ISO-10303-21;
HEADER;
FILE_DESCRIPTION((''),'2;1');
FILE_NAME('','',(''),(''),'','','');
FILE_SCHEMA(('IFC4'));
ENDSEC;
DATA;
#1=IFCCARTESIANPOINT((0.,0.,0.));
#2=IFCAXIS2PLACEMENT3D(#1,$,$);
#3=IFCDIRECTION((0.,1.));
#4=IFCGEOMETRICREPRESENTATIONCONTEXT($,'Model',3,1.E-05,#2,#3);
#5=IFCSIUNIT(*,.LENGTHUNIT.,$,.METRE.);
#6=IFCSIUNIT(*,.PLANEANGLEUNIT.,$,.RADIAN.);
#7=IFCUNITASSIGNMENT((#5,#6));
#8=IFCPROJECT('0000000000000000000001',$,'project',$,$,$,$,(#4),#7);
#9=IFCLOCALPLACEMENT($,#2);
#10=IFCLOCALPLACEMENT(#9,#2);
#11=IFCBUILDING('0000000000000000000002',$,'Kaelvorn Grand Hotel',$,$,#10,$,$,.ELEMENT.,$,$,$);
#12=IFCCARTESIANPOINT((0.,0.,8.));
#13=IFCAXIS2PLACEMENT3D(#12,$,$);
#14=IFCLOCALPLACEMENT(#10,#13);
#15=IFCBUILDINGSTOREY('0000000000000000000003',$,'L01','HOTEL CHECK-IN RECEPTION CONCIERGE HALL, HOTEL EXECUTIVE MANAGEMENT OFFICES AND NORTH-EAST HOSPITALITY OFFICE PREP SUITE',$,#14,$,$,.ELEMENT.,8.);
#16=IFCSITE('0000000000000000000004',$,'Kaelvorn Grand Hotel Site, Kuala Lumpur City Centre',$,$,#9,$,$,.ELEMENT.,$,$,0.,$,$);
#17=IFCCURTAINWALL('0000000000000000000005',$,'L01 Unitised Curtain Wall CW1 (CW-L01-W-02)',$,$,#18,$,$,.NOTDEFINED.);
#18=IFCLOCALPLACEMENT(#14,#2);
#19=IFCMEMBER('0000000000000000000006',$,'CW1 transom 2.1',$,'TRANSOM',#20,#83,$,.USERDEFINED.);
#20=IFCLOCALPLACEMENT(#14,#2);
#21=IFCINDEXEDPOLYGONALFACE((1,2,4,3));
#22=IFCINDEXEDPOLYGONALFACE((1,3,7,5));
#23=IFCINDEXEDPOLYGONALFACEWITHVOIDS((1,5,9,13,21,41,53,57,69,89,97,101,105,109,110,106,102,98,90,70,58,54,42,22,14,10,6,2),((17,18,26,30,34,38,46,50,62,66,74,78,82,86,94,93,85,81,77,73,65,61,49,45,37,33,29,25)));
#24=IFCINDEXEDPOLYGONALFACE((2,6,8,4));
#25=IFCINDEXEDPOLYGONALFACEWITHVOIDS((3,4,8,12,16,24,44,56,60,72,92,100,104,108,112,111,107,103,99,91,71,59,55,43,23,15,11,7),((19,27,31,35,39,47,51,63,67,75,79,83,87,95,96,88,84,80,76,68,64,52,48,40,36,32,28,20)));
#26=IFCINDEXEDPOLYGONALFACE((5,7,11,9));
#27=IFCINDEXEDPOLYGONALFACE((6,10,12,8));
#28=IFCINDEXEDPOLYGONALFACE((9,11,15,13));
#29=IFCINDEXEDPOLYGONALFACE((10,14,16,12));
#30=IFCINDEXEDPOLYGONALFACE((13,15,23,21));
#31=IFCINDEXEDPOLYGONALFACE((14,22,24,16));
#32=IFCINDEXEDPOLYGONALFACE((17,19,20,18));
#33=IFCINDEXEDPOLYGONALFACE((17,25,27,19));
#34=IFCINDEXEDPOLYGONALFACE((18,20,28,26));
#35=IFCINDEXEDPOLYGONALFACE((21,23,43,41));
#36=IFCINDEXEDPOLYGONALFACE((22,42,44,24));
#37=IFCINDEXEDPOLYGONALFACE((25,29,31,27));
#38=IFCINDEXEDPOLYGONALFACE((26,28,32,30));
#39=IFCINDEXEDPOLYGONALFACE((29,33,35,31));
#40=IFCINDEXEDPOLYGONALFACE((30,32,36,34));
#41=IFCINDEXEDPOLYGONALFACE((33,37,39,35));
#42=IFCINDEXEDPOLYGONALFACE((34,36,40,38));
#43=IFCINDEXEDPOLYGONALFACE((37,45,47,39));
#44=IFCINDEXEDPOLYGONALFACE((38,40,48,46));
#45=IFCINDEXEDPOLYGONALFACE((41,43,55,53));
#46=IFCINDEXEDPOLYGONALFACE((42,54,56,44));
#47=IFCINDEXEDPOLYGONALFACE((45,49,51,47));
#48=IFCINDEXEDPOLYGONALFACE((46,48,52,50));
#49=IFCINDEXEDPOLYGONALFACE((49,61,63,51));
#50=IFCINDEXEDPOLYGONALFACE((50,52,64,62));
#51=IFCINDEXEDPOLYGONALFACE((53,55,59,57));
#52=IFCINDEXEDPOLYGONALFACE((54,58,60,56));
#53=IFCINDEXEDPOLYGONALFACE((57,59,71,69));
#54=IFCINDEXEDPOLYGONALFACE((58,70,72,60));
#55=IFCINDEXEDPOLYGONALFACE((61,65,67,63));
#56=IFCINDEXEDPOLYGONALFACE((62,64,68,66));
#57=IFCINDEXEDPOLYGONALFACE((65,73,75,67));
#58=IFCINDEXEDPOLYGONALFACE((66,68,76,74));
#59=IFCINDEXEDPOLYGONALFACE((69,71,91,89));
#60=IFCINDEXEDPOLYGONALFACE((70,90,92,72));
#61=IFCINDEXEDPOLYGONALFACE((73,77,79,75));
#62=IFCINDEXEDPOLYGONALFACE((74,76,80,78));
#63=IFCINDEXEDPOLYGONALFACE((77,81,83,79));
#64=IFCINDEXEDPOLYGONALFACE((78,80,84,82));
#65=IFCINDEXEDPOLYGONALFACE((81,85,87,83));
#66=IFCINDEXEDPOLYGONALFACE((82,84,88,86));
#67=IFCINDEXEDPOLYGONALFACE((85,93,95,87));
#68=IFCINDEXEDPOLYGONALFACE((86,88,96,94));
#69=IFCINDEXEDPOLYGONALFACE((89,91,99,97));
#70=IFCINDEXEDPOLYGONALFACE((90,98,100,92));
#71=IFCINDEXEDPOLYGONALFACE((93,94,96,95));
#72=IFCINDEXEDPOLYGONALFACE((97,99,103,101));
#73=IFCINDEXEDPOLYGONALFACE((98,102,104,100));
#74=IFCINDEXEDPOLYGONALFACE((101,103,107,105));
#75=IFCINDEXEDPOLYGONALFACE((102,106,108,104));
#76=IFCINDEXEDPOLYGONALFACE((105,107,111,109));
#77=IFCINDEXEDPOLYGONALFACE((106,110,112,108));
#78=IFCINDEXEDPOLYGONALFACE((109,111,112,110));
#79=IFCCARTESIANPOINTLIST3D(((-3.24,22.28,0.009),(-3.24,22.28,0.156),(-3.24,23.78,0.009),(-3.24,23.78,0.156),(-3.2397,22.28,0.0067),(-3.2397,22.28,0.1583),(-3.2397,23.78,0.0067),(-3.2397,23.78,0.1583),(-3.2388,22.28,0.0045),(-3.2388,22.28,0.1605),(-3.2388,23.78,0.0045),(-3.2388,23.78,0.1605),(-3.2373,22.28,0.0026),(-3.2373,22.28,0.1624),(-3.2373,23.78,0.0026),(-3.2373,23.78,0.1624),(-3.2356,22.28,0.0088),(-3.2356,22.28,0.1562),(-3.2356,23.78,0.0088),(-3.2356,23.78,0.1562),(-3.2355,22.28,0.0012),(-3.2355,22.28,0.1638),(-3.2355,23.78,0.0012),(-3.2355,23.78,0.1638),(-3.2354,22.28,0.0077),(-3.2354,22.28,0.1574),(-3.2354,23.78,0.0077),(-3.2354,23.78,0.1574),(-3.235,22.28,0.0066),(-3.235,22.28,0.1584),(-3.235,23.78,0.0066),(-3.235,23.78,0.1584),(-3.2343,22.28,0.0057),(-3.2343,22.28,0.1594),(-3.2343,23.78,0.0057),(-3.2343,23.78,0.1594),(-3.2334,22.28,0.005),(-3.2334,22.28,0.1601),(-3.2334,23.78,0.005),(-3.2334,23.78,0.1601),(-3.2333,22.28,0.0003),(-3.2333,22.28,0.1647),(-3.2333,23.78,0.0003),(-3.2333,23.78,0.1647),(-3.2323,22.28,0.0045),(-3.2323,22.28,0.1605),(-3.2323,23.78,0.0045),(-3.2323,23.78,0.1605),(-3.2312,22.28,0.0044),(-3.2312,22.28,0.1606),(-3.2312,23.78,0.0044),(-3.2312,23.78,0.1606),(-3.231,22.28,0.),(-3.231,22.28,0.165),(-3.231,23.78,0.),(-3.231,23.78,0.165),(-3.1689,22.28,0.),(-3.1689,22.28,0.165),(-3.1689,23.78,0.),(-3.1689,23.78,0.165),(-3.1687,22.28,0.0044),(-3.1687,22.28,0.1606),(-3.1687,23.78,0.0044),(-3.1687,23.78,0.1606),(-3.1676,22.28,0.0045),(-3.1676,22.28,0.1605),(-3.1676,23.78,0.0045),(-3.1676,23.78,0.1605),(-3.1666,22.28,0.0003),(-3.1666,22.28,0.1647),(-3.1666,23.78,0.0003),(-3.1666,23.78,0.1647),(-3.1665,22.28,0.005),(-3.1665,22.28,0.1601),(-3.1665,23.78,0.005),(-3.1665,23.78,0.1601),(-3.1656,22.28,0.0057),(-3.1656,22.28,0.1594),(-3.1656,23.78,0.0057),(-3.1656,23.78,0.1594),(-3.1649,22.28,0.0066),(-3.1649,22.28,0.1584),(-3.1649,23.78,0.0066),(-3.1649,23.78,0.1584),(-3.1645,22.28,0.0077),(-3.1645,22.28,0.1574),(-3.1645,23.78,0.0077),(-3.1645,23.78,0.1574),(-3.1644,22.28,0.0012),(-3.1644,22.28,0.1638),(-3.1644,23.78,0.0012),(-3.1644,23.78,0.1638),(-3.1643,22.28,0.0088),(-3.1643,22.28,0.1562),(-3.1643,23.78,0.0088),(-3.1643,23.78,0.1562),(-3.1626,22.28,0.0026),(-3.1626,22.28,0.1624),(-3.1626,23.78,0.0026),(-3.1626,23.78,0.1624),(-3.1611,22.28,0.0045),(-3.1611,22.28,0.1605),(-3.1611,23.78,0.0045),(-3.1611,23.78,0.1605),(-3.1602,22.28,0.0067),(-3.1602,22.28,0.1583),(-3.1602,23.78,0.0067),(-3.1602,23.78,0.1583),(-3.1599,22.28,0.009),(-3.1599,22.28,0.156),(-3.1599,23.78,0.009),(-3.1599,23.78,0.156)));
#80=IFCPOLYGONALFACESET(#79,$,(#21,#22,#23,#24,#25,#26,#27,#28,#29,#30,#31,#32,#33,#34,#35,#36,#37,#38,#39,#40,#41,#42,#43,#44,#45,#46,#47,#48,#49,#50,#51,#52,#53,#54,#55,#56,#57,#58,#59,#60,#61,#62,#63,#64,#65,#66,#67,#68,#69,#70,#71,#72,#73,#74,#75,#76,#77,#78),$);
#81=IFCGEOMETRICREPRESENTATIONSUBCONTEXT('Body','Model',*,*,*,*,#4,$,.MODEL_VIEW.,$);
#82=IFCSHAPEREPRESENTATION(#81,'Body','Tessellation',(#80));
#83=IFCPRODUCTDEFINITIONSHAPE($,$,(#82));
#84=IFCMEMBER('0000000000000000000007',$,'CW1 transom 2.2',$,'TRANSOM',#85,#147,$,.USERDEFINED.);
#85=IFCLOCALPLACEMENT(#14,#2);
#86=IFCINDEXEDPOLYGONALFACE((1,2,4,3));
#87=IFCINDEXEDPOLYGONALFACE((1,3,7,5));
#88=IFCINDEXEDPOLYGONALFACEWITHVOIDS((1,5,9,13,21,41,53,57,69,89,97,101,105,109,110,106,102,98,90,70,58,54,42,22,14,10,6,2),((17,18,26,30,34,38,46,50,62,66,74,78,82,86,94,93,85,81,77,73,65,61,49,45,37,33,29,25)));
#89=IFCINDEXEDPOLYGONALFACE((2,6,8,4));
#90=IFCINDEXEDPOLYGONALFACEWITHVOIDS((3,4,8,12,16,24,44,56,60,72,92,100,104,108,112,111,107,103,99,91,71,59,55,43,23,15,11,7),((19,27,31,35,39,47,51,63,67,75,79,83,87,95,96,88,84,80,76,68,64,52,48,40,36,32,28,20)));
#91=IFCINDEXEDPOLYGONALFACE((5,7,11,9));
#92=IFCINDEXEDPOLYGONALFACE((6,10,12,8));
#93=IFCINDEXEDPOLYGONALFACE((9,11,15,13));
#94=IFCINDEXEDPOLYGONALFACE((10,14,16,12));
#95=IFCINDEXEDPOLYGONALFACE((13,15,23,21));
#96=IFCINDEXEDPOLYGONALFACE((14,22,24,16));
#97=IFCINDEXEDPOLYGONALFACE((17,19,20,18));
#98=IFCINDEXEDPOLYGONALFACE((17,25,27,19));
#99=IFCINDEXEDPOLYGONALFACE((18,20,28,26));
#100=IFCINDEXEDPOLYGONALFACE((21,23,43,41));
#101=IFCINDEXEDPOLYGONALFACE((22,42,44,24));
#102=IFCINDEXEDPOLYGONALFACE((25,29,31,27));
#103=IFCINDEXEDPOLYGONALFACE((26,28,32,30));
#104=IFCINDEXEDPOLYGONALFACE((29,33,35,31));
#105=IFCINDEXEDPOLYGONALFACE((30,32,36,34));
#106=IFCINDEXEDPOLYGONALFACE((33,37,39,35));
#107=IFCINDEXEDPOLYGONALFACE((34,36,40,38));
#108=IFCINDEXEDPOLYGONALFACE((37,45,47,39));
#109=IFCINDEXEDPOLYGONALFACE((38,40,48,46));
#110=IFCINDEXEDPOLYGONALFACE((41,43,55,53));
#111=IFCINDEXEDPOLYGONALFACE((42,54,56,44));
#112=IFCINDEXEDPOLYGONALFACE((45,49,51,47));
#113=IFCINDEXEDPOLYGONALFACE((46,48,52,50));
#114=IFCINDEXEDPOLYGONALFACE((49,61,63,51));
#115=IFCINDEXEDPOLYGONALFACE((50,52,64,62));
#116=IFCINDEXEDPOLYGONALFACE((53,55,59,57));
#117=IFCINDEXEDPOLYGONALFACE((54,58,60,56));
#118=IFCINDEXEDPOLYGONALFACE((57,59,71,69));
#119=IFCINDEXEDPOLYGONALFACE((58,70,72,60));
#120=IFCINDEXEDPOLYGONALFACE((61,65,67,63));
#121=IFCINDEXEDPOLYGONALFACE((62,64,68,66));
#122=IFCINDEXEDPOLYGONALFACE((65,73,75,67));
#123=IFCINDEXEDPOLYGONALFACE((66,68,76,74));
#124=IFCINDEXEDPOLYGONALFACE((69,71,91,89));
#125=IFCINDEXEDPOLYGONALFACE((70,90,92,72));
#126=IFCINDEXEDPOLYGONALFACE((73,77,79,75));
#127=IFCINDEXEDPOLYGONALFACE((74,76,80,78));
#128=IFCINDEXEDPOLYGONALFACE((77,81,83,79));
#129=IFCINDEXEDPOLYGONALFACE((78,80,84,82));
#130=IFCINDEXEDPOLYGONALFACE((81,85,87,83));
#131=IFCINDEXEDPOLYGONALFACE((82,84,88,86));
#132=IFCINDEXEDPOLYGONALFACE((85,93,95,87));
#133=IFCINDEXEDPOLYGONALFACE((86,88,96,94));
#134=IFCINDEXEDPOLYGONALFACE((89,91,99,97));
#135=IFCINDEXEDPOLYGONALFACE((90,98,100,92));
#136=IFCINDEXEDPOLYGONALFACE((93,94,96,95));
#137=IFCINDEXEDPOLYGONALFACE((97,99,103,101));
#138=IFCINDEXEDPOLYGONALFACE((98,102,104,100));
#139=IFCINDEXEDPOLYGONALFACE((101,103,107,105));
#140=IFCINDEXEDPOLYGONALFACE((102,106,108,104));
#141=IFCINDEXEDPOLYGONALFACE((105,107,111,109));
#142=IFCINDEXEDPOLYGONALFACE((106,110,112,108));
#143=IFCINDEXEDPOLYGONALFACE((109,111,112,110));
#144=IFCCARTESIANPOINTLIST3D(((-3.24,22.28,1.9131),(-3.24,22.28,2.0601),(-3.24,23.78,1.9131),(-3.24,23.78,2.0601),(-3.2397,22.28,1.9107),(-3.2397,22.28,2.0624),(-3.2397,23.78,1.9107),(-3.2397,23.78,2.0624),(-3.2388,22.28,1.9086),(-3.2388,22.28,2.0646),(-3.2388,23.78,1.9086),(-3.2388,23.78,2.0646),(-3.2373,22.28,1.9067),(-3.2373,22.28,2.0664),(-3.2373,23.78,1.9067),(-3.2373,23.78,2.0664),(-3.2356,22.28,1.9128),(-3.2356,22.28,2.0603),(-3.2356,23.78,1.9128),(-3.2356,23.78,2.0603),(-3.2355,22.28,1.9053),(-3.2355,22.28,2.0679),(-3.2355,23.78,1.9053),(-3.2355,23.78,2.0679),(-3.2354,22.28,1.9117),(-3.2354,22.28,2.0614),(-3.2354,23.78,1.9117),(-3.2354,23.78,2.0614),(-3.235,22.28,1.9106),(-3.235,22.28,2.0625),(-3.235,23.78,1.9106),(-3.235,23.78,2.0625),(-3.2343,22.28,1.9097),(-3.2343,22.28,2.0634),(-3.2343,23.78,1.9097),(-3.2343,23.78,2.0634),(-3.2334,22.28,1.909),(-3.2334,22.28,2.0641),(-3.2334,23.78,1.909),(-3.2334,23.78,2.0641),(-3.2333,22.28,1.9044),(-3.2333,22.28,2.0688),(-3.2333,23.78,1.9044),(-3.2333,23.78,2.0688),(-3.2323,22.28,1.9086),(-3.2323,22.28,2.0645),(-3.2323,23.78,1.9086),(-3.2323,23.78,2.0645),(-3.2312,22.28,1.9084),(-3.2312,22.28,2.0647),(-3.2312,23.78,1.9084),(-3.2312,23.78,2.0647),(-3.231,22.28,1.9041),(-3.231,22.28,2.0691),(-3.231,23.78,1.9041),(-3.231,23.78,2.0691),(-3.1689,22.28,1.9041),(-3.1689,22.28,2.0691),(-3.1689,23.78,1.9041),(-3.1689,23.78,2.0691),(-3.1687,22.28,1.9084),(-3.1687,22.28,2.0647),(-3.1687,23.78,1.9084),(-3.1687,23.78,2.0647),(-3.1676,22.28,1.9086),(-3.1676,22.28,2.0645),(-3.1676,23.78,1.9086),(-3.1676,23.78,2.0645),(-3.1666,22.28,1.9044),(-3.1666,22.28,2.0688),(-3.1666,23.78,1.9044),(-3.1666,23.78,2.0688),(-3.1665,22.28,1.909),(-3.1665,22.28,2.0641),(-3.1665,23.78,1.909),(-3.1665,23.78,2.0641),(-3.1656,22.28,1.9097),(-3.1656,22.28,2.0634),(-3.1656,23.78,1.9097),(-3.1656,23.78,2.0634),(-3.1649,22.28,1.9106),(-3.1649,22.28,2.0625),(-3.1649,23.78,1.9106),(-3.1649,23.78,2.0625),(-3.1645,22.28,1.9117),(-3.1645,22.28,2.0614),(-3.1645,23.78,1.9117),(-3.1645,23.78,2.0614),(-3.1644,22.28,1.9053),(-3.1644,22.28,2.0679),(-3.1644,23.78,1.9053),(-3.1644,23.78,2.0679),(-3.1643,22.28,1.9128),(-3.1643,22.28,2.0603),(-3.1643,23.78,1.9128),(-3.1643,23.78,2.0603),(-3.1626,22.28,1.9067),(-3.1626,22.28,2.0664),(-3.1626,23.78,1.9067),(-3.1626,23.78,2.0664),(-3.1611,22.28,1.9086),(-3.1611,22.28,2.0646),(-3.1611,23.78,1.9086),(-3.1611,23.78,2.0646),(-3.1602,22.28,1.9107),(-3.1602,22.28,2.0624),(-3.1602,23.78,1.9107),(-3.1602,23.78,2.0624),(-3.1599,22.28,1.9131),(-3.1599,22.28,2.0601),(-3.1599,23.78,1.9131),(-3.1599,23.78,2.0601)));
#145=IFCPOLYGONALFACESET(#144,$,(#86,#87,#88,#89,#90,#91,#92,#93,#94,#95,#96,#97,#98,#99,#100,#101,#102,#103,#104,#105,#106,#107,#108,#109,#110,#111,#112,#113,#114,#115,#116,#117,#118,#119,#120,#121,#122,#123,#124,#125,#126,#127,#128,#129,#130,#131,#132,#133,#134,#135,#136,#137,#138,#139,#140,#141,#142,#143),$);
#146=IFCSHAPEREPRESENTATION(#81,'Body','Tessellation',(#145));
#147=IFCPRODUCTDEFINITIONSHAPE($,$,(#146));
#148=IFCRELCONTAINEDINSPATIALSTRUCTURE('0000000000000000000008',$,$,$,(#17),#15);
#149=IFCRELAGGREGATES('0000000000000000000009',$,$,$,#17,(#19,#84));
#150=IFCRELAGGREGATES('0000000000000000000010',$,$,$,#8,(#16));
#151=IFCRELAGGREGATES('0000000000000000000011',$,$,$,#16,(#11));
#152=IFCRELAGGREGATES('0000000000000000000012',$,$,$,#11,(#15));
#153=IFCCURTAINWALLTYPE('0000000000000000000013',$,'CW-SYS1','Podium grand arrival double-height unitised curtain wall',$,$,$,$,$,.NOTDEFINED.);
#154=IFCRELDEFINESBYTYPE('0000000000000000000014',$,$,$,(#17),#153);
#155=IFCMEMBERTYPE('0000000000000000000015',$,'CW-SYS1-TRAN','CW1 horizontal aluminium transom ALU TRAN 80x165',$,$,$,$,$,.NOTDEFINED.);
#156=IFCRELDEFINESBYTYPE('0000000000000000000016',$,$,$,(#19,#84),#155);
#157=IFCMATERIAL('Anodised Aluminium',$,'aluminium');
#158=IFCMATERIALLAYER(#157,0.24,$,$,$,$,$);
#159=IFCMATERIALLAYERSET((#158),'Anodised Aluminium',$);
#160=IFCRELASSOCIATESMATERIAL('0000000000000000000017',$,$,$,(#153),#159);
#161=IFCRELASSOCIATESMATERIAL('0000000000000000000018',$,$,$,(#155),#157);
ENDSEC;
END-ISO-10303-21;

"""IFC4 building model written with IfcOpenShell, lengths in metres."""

from ifc_helpers import new_model, si_unit, direction, frame, origin, origin_2d, place, context, subcontext, project, spatial, hollow_rectangle, extrude, material, layer, layer_set, material_profile, profile_set, type_object, element, aggregate, save


model = new_model("IFC4")

# Units and contexts
model_context = context("Model", 3, precision=1e-05, world=origin(), true_north=direction((0.0, 1.0)))
body_context = subcontext(model_context, "Body", "Model", "MODEL_VIEW")
ifc_project = project(units=[si_unit("LENGTHUNIT", "METRE"), si_unit("PLANEANGLEUNIT", "RADIAN")], contexts=[model_context])

# Site, building, storey
site_placement = place(None, origin())
site = spatial("IfcSite", under=ifc_project, at=site_placement, Name="Kaelvorn Grand Hotel Site, Kuala Lumpur City Centre", CompositionType="ELEMENT", RefElevation=0.0)
building_placement = place(site_placement, origin())
building = spatial("IfcBuilding", under=site, at=building_placement, Name="Kaelvorn Grand Hotel", CompositionType="ELEMENT")
storey_placement = place(building_placement, frame((0.0, 0.0, 8.0)))
storey = spatial("IfcBuildingStorey", under=building, at=storey_placement, Name="L01", Description="HOTEL CHECK-IN RECEPTION CONCIERGE HALL, HOTEL EXECUTIVE MANAGEMENT OFFICES AND NORTH-EAST HOSPITALITY OFFICE PREP SUITE", CompositionType="ELEMENT", Elevation=8.0)

# Curtain wall, members
ifc_material_1 = material(Name="Anodised Aluminium", Category="aluminium")
ifc_layer_1 = layer(ifc_material_1, 0.24)
ifc_layer_set_1 = layer_set([ifc_layer_1], Name="Anodised Aluminium")
curtain_wall_type = type_object("IfcCurtainWallType", Name="CW-SYS1", Description="Podium grand arrival double-height unitised curtain wall", PredefinedType="NOTDEFINED", material=ifc_layer_set_1)
curtain_wall_placement = place(storey_placement, origin())
curtain_wall = element("IfcCurtainWall", 1, at=curtain_wall_placement, inside=storey, type_object=curtain_wall_type, Name="L01 Unitised Curtain Wall CW1 (CW-L01-W-02)", PredefinedType="NOTDEFINED")
ifc_material_profile_1 = material_profile(ifc_material_1, hollow_rectangle(XDim=0.0801, YDim=0.165, WallThickness=0.0044, InnerFilletRadius=0.0044, OuterFilletRadius=0.009, at=origin_2d()), Name="ALU TRAN 80x165")
ifc_profile_set_1 = profile_set([ifc_material_profile_1], Name="Anodised Aluminium")
member_type_1 = type_object("IfcMemberType", Name="CW-SYS1-TRAN", Description="CW1 horizontal aluminium transom ALU TRAN 80x165", PredefinedType="NOTDEFINED", material=ifc_profile_set_1)
member_1_placement = place(storey_placement, frame((-3.2, 23.78, 0.0825), z_axis=(0.0, -1.0, 0.0), x_axis=(1.0, 0.0, 0.0)))
member_1 = element("IfcMember", 2, at=member_1_placement, type_object=member_type_1, Name="CW1 transom 2.1", ObjectType="TRANSOM", PredefinedType="USERDEFINED", context=body_context, shape_type="SweptSolid", body=[
    extrude(hollow_rectangle(XDim=0.0801, YDim=0.165, WallThickness=0.0044, InnerFilletRadius=0.0044, OuterFilletRadius=0.009, at=origin_2d()), origin(), (0.0, 0.0, 1.0), 1.5),
])
member_2_placement = place(storey_placement, frame((-3.2, 23.78, 1.9866), z_axis=(0.0, -1.0, 0.0), x_axis=(1.0, 0.0, 0.0)))
member_2 = element("IfcMember", 3, at=member_2_placement, type_object=member_type_1, Name="CW1 transom 2.2", ObjectType="TRANSOM", PredefinedType="USERDEFINED", context=body_context, shape_type="SweptSolid", body=[
    extrude(hollow_rectangle(XDim=0.0801, YDim=0.165, WallThickness=0.0044, InnerFilletRadius=0.0044, OuterFilletRadius=0.009, at=origin_2d()), origin(), (0.0, 0.0, 1.0), 1.5),
])
aggregate(curtain_wall, [member_1, member_2])

save(model, "model.ifc")
